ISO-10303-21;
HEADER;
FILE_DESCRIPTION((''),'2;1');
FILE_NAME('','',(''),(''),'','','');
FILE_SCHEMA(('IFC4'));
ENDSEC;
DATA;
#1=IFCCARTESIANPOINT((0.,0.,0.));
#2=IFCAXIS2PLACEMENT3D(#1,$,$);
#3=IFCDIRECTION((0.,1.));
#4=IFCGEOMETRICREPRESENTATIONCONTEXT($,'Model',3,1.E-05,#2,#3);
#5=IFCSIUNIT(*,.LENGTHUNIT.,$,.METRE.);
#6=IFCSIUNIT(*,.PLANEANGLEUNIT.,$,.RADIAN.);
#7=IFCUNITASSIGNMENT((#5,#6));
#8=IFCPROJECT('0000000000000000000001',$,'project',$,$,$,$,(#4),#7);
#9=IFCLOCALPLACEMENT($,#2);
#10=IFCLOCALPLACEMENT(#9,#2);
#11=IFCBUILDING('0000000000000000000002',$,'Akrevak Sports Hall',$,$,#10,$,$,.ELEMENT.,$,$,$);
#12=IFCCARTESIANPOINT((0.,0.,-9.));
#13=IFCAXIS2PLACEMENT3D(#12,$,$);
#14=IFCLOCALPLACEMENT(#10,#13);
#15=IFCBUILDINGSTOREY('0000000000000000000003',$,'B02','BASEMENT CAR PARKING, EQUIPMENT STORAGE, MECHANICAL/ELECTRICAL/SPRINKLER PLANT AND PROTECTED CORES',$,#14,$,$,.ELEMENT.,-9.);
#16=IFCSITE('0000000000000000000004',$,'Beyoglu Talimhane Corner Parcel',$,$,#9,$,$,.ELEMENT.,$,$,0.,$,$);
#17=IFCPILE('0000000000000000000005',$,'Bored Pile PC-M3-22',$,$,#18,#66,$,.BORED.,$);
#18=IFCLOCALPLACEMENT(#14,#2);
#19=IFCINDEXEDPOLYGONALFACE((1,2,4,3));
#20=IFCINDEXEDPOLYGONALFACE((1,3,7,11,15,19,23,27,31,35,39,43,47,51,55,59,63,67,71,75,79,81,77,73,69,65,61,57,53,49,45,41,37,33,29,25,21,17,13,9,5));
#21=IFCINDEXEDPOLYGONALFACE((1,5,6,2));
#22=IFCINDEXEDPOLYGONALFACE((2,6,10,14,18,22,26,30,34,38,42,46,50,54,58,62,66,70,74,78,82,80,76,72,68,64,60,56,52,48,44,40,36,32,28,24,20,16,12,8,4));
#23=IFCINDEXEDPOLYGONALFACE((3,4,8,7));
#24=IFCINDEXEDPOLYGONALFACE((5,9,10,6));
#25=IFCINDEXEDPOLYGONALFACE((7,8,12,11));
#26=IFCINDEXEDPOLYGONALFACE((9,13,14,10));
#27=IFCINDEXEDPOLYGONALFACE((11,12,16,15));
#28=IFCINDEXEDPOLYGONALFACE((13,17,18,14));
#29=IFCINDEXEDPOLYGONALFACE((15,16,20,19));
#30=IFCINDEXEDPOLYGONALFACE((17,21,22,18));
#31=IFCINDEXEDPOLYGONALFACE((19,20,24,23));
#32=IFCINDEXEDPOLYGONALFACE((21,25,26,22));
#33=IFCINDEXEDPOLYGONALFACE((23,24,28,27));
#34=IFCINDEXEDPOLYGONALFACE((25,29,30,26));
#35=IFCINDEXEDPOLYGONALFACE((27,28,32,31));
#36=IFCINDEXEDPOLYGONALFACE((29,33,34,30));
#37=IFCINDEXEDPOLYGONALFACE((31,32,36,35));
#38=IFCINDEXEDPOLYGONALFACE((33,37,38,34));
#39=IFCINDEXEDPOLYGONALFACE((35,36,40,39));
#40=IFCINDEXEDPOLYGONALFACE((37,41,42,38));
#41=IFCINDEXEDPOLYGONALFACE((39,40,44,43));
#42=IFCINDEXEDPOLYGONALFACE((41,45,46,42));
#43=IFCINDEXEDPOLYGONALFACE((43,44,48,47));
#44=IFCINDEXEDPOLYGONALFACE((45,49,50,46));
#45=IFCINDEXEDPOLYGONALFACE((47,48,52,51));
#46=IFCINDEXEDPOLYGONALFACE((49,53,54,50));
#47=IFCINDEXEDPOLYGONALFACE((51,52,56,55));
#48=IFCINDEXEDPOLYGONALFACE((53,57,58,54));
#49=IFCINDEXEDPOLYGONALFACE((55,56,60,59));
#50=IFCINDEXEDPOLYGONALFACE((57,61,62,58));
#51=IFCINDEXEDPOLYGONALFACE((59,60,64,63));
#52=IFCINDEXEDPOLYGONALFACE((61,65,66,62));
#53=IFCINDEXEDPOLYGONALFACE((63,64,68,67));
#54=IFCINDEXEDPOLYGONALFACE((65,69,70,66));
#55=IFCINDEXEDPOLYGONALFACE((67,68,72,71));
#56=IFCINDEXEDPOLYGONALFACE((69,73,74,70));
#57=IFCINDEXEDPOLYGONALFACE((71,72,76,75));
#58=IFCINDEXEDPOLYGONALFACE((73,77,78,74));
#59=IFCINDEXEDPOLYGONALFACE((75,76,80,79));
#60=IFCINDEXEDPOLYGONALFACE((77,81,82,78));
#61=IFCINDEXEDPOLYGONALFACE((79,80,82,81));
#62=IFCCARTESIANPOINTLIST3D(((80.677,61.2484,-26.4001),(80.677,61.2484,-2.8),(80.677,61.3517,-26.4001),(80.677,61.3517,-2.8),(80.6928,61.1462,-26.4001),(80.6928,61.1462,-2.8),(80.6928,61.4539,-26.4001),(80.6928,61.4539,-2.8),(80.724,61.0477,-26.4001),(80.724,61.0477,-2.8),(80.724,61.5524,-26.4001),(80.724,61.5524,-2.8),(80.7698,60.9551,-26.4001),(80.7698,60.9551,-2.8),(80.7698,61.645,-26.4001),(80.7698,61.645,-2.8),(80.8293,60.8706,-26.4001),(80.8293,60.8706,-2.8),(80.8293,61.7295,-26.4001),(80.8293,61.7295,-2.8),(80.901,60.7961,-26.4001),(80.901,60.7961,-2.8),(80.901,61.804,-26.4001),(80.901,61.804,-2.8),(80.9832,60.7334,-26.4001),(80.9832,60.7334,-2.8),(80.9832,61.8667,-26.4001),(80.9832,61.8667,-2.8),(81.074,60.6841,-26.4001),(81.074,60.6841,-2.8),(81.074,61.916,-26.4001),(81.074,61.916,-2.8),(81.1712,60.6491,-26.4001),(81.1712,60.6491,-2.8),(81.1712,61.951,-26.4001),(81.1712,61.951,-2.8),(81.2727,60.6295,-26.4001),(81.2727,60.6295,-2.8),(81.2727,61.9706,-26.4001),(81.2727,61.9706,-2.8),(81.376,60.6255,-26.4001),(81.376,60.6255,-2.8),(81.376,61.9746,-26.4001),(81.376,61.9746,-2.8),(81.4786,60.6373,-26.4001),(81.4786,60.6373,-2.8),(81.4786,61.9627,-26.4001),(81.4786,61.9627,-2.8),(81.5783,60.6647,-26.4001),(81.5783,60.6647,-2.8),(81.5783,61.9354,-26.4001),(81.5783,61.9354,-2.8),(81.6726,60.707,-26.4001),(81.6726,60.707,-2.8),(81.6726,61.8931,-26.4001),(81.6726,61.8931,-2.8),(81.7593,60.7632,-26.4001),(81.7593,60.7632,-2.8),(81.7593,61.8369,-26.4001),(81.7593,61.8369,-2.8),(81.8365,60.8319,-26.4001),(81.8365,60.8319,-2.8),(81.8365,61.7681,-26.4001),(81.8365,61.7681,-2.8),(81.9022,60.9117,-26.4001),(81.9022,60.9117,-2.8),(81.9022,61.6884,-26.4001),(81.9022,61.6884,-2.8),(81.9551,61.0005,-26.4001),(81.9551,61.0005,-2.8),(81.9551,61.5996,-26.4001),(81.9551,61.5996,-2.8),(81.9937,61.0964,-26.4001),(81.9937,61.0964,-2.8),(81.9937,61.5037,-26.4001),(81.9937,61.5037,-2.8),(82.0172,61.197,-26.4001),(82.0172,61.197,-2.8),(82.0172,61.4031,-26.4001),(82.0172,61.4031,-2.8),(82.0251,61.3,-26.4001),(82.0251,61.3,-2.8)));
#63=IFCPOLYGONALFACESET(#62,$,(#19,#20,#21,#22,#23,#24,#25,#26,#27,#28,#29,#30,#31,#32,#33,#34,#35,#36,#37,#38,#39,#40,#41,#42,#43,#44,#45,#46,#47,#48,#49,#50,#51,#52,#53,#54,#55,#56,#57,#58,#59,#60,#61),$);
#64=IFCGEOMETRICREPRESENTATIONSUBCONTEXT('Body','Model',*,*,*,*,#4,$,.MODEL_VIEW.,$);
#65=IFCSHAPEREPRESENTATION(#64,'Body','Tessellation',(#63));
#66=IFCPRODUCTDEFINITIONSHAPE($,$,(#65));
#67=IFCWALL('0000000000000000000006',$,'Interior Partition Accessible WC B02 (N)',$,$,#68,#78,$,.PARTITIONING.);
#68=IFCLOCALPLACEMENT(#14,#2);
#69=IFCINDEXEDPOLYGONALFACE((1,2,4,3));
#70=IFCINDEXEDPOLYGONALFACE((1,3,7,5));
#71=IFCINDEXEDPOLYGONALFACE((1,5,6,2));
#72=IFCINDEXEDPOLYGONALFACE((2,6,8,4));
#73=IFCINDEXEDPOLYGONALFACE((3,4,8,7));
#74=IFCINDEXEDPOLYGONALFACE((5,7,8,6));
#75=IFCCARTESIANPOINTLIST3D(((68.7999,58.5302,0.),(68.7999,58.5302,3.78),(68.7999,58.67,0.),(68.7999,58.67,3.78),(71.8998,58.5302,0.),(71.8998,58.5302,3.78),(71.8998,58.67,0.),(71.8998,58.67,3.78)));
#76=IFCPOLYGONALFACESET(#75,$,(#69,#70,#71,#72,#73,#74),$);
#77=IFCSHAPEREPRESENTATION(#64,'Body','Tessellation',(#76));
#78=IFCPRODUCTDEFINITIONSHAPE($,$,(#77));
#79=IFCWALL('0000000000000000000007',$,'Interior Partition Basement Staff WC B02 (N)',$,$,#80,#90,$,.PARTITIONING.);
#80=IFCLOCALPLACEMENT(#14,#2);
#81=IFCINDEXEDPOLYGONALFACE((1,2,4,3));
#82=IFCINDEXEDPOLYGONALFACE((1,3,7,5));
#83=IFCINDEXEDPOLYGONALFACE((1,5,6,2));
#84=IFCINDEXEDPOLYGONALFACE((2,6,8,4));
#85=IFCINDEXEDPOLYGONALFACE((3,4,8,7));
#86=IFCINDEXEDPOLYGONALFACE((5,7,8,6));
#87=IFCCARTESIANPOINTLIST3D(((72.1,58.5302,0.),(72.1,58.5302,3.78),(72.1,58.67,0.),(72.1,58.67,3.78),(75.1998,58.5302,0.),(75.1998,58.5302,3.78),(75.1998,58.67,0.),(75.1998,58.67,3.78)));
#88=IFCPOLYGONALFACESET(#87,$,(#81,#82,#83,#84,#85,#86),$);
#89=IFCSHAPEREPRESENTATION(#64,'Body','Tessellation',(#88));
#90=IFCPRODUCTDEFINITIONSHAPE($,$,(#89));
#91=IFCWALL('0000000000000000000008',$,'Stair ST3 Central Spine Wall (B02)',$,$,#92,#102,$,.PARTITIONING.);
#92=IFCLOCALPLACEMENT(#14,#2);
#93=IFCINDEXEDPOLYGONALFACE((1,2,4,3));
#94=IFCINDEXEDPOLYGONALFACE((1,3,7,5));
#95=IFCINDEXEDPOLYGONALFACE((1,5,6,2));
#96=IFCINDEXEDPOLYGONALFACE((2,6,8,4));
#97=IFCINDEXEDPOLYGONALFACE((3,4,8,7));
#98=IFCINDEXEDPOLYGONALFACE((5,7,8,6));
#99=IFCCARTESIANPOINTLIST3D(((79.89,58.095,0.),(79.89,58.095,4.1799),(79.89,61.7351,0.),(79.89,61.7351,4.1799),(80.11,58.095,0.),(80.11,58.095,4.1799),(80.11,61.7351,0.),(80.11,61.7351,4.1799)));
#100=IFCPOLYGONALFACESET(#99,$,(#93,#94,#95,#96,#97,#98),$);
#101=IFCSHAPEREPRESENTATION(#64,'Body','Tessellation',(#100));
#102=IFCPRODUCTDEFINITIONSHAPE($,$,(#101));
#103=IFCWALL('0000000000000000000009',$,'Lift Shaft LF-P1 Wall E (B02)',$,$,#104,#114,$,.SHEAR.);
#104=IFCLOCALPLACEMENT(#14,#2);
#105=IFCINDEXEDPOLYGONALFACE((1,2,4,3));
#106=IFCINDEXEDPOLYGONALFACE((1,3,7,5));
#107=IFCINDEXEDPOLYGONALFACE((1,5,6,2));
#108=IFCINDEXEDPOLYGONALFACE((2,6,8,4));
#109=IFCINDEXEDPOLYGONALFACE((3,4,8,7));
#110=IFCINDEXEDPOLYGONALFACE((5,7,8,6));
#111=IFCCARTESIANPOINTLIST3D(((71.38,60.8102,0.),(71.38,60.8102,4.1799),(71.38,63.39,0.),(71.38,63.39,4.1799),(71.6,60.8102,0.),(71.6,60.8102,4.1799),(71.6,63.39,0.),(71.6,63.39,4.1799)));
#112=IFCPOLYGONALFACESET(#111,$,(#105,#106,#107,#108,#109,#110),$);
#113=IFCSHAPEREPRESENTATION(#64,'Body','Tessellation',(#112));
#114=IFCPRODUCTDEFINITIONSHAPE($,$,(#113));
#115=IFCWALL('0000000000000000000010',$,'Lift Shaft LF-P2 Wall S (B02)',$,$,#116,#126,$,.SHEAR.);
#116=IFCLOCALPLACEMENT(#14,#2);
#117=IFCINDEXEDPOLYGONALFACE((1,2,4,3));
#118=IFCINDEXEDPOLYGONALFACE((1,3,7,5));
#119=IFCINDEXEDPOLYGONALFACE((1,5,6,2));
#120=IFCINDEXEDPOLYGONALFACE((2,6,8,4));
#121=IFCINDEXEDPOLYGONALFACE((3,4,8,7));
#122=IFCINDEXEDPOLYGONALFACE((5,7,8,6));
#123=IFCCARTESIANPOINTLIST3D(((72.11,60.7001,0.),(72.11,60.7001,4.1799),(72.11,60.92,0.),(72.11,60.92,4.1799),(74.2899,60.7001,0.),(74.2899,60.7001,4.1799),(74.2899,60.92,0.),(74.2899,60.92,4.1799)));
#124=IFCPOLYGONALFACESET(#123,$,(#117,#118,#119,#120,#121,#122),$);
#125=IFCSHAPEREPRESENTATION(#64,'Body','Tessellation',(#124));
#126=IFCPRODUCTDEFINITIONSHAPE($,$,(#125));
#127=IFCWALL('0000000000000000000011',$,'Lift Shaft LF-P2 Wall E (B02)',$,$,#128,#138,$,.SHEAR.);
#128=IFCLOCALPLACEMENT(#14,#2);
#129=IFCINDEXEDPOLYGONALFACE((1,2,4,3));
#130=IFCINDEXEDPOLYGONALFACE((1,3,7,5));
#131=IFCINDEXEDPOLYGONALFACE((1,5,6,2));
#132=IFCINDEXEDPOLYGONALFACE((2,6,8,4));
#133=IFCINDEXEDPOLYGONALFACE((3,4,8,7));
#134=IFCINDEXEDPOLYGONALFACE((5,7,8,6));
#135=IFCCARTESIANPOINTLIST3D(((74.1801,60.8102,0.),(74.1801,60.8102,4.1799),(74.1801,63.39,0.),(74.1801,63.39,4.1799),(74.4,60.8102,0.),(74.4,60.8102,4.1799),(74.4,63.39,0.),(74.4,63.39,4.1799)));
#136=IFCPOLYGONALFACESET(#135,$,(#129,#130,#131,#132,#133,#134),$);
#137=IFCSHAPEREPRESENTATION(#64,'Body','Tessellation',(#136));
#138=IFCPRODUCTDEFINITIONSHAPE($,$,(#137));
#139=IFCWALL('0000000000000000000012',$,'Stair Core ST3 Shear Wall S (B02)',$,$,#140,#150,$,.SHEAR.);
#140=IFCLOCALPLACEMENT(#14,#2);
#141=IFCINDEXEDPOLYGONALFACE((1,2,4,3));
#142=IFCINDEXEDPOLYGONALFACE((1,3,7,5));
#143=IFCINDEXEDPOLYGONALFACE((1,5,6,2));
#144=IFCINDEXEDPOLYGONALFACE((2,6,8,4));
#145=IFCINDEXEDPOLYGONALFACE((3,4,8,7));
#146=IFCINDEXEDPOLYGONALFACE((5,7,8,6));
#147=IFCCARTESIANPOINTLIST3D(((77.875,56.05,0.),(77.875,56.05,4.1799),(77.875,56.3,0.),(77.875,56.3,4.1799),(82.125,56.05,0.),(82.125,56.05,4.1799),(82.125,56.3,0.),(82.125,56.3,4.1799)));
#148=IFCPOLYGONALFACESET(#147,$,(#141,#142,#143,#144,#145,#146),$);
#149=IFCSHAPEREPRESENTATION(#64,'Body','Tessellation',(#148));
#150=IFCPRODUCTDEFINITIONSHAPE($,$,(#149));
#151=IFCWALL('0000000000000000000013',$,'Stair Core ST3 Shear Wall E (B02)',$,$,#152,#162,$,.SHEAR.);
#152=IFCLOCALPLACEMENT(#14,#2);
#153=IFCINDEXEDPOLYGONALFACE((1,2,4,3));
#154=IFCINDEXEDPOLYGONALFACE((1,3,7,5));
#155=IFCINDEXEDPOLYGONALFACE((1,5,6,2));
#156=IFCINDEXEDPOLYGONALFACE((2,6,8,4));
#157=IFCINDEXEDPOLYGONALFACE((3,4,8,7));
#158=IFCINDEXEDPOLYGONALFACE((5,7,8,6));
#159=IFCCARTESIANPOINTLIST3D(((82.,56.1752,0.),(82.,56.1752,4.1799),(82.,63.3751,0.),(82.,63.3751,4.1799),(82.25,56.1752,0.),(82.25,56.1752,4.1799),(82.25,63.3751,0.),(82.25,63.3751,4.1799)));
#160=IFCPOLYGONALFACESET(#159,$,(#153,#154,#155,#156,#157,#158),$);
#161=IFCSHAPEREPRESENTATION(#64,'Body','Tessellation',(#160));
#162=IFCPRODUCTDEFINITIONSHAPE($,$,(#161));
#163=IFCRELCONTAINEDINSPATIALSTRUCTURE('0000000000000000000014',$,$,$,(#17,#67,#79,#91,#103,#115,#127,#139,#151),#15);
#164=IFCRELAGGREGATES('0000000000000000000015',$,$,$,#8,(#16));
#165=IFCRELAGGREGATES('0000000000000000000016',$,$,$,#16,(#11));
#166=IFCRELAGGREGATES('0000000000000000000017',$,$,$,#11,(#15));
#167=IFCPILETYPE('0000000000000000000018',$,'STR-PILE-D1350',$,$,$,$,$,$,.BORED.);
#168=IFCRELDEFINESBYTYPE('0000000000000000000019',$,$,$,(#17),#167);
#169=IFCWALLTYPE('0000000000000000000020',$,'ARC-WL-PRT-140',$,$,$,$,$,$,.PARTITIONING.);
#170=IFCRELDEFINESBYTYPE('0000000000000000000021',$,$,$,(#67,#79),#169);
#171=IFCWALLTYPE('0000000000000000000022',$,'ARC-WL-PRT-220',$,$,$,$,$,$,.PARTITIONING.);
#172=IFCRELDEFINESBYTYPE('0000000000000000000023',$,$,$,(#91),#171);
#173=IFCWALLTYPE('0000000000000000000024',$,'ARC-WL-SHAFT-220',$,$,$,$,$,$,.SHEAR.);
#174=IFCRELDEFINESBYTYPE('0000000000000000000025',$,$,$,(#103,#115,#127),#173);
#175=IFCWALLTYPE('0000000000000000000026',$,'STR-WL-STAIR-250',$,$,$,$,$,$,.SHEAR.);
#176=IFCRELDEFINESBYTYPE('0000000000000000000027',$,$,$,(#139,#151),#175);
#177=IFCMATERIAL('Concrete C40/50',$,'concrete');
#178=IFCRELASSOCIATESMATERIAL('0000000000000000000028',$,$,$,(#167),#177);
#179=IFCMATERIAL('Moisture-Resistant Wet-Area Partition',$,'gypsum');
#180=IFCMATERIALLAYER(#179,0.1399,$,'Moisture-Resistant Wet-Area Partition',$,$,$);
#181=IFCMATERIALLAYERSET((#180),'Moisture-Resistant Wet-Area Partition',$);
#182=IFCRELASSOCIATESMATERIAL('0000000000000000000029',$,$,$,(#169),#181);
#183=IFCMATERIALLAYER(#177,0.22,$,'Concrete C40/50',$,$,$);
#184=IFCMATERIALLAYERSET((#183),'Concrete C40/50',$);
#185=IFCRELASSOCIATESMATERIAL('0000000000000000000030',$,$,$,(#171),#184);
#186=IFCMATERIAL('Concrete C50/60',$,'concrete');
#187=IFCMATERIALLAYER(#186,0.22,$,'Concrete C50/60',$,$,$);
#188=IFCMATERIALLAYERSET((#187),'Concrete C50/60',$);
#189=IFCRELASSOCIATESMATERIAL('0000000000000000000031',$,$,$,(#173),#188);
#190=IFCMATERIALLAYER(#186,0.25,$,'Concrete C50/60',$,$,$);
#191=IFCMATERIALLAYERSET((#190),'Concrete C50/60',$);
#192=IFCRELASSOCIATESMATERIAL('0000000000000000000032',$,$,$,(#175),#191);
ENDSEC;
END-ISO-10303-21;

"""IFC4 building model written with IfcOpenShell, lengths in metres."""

from ifc_helpers import new_model, si_unit, direction, frame, frame_2d, origin, origin_2d, place, context, subcontext, project, spatial, rectangle, circle, extrude, material, layer, layer_set, material_profile, profile_set, type_object, element, save


model = new_model("IFC4")

# Units and contexts
model_context = context("Model", 3, precision=1e-05, world=origin(), true_north=direction((0.0, 1.0)))
body_context = subcontext(model_context, "Body", "Model", "MODEL_VIEW")
ifc_project = project(units=[si_unit("LENGTHUNIT", "METRE"), si_unit("PLANEANGLEUNIT", "RADIAN")], contexts=[model_context])

# Site, building, storey
site_placement = place(None, origin())
site = spatial("IfcSite", under=ifc_project, at=site_placement, Name="Beyoglu Talimhane Corner Parcel", CompositionType="ELEMENT", RefElevation=0.0)
building_placement = place(site_placement, origin())
building = spatial("IfcBuilding", under=site, at=building_placement, Name="Akrevak Sports Hall", CompositionType="ELEMENT")
storey_placement = place(building_placement, frame((0.0, 0.0, -9.0)))
storey = spatial("IfcBuildingStorey", under=building, at=storey_placement, Name="B02", Description="BASEMENT CAR PARKING, EQUIPMENT STORAGE, MECHANICAL/ELECTRICAL/SPRINKLER PLANT AND PROTECTED CORES", CompositionType="ELEMENT", Elevation=-9.0)

# Shared definitions
ifc_material_1 = material(Name="Concrete C40/50", Category="concrete")

# Pile
ifc_material_profile = material_profile(ifc_material_1, circle(Radius=0.675, at=origin_2d()), Name="BORED PILE D1350", Category="concrete")
ifc_profile_set = profile_set([ifc_material_profile], Name="Concrete C40/50")
pile_type = type_object("IfcPileType", Name="STR-PILE-D1350", PredefinedType="BORED", material=ifc_profile_set)
for number, where, z_axis, x_axis, name in (
    (1, (81.3501, 61.3, -2.8), (0.0, 0.0, -1.0), (1.0, 0.0, 0.0), "Bored Pile PC-M3-22"),
):
    element("IfcPile", number, at=place(storey_placement, frame(where, z_axis=z_axis, x_axis=x_axis)), inside=storey, type_object=pile_type, Name=name, PredefinedType="BORED", context=body_context, shape_type="SweptSolid", body=[
        extrude(circle(Radius=0.675, at=origin_2d()), origin(), (0.0, 0.0, 1.0), 23.6001),
    ])

# Walls
ifc_material_2 = material(Name="Moisture-Resistant Wet-Area Partition", Category="gypsum")
ifc_layer_1 = layer(ifc_material_2, 0.1399, Name="Moisture-Resistant Wet-Area Partition")
ifc_layer_set_1 = layer_set([ifc_layer_1], Name="Moisture-Resistant Wet-Area Partition")
wall_type_1 = type_object("IfcWallType", Name="ARC-WL-PRT-140", PredefinedType="PARTITIONING", material=ifc_layer_set_1)
for number, where, z_axis, x_axis, name in (
    (2, (68.8, 58.6001, 0.0), (0.0, 0.0, 1.0), (1.0, 0.0, 0.0), "Interior Partition Accessible WC B02 (N)"),
    (3, (72.1001, 58.6001, 0.0), (0.0, 0.0, 1.0), (1.0, 0.0, 0.0), "Interior Partition Basement Staff WC B02 (N)"),
):
    element("IfcWall", number, at=place(storey_placement, frame(where, z_axis=z_axis, x_axis=x_axis)), inside=storey, type_object=wall_type_1, Name=name, PredefinedType="PARTITIONING", context=body_context, shape_type="SweptSolid", body=[
        extrude(rectangle(XDim=3.0999, YDim=0.1399, at=frame_2d((1.5498, 0.0))), origin(), (0.0, 0.0, 1.0), 3.78),
    ])
ifc_layer_2 = layer(ifc_material_1, 0.22, Name="Concrete C40/50")
ifc_layer_set_2 = layer_set([ifc_layer_2], Name="Concrete C40/50")
wall_type_2 = type_object("IfcWallType", Name="ARC-WL-PRT-220", PredefinedType="PARTITIONING", material=ifc_layer_set_2)
wall_1_placement = place(storey_placement, frame((80.0, 58.095, 0.0), z_axis=(0.0, 0.0, 1.0), x_axis=(0.0, 1.0, 0.0)))
element("IfcWall", 4, at=wall_1_placement, inside=storey, type_object=wall_type_2, Name="Stair ST3 Central Spine Wall (B02)", PredefinedType="PARTITIONING", context=body_context, shape_type="SweptSolid", body=[
    extrude(rectangle(XDim=3.6401, YDim=0.22, at=frame_2d((1.8201, 0.0))), origin(), (0.0, 0.0, 1.0), 4.1799),
])
ifc_material_3 = material(Name="Concrete C50/60", Category="concrete")
ifc_layer_3 = layer(ifc_material_3, 0.22, Name="Concrete C50/60")
ifc_layer_set_3 = layer_set([ifc_layer_3], Name="Concrete C50/60")
wall_type_3 = type_object("IfcWallType", Name="ARC-WL-SHAFT-220", PredefinedType="SHEAR", material=ifc_layer_set_3)
wall_2_placement = place(storey_placement, frame((71.49, 60.8101, 0.0), z_axis=(0.0, 0.0, 1.0), x_axis=(0.0, 1.0, 0.0)))
element("IfcWall", 5, at=wall_2_placement, inside=storey, type_object=wall_type_3, Name="Lift Shaft LF-P1 Wall E (B02)", PredefinedType="SHEAR", context=body_context, shape_type="SweptSolid", body=[
    extrude(rectangle(XDim=2.5798, YDim=0.22, at=frame_2d((1.29, 0.0))), origin(), (0.0, 0.0, 1.0), 4.1799),
])
wall_3_placement = place(storey_placement, frame((72.1101, 60.8101, 0.0), z_axis=(0.0, 0.0, 1.0), x_axis=(1.0, 0.0, 0.0)))
element("IfcWall", 6, at=wall_3_placement, inside=storey, type_object=wall_type_3, Name="Lift Shaft LF-P2 Wall S (B02)", PredefinedType="SHEAR", context=body_context, shape_type="SweptSolid", body=[
    extrude(rectangle(XDim=2.1799, YDim=0.22, at=frame_2d((1.0898, 0.0))), origin(), (0.0, 0.0, 1.0), 4.1799),
])
wall_4_placement = place(storey_placement, frame((74.29, 60.8101, 0.0), z_axis=(0.0, 0.0, 1.0), x_axis=(0.0, 1.0, 0.0)))
element("IfcWall", 7, at=wall_4_placement, inside=storey, type_object=wall_type_3, Name="Lift Shaft LF-P2 Wall E (B02)", PredefinedType="SHEAR", context=body_context, shape_type="SweptSolid", body=[
    extrude(rectangle(XDim=2.5798, YDim=0.22, at=frame_2d((1.29, 0.0))), origin(), (0.0, 0.0, 1.0), 4.1799),
])
ifc_layer_4 = layer(ifc_material_3, 0.25, Name="Concrete C50/60")
ifc_layer_set_4 = layer_set([ifc_layer_4], Name="Concrete C50/60")
wall_type_4 = type_object("IfcWallType", Name="STR-WL-STAIR-250", PredefinedType="SHEAR", material=ifc_layer_set_4)
wall_5_placement = place(storey_placement, frame((77.875, 56.175, 0.0), z_axis=(0.0, 0.0, 1.0), x_axis=(1.0, 0.0, 0.0)))
element("IfcWall", 8, at=wall_5_placement, inside=storey, type_object=wall_type_4, Name="Stair Core ST3 Shear Wall S (B02)", PredefinedType="SHEAR", context=body_context, shape_type="SweptSolid", body=[
    extrude(rectangle(XDim=4.25, YDim=0.25, at=frame_2d((2.125, 0.0))), origin(), (0.0, 0.0, 1.0), 4.1799),
])
wall_6_placement = place(storey_placement, frame((82.125, 56.175, 0.0), z_axis=(0.0, 0.0, 1.0), x_axis=(0.0, 1.0, 0.0)))
element("IfcWall", 9, at=wall_6_placement, inside=storey, type_object=wall_type_4, Name="Stair Core ST3 Shear Wall E (B02)", PredefinedType="SHEAR", context=body_context, shape_type="SweptSolid", body=[
    extrude(rectangle(XDim=7.2, YDim=0.25, at=frame_2d((3.6001, 0.0))), origin(), (0.0, 0.0, 1.0), 4.1799),
])

save(model, "model.ifc")
